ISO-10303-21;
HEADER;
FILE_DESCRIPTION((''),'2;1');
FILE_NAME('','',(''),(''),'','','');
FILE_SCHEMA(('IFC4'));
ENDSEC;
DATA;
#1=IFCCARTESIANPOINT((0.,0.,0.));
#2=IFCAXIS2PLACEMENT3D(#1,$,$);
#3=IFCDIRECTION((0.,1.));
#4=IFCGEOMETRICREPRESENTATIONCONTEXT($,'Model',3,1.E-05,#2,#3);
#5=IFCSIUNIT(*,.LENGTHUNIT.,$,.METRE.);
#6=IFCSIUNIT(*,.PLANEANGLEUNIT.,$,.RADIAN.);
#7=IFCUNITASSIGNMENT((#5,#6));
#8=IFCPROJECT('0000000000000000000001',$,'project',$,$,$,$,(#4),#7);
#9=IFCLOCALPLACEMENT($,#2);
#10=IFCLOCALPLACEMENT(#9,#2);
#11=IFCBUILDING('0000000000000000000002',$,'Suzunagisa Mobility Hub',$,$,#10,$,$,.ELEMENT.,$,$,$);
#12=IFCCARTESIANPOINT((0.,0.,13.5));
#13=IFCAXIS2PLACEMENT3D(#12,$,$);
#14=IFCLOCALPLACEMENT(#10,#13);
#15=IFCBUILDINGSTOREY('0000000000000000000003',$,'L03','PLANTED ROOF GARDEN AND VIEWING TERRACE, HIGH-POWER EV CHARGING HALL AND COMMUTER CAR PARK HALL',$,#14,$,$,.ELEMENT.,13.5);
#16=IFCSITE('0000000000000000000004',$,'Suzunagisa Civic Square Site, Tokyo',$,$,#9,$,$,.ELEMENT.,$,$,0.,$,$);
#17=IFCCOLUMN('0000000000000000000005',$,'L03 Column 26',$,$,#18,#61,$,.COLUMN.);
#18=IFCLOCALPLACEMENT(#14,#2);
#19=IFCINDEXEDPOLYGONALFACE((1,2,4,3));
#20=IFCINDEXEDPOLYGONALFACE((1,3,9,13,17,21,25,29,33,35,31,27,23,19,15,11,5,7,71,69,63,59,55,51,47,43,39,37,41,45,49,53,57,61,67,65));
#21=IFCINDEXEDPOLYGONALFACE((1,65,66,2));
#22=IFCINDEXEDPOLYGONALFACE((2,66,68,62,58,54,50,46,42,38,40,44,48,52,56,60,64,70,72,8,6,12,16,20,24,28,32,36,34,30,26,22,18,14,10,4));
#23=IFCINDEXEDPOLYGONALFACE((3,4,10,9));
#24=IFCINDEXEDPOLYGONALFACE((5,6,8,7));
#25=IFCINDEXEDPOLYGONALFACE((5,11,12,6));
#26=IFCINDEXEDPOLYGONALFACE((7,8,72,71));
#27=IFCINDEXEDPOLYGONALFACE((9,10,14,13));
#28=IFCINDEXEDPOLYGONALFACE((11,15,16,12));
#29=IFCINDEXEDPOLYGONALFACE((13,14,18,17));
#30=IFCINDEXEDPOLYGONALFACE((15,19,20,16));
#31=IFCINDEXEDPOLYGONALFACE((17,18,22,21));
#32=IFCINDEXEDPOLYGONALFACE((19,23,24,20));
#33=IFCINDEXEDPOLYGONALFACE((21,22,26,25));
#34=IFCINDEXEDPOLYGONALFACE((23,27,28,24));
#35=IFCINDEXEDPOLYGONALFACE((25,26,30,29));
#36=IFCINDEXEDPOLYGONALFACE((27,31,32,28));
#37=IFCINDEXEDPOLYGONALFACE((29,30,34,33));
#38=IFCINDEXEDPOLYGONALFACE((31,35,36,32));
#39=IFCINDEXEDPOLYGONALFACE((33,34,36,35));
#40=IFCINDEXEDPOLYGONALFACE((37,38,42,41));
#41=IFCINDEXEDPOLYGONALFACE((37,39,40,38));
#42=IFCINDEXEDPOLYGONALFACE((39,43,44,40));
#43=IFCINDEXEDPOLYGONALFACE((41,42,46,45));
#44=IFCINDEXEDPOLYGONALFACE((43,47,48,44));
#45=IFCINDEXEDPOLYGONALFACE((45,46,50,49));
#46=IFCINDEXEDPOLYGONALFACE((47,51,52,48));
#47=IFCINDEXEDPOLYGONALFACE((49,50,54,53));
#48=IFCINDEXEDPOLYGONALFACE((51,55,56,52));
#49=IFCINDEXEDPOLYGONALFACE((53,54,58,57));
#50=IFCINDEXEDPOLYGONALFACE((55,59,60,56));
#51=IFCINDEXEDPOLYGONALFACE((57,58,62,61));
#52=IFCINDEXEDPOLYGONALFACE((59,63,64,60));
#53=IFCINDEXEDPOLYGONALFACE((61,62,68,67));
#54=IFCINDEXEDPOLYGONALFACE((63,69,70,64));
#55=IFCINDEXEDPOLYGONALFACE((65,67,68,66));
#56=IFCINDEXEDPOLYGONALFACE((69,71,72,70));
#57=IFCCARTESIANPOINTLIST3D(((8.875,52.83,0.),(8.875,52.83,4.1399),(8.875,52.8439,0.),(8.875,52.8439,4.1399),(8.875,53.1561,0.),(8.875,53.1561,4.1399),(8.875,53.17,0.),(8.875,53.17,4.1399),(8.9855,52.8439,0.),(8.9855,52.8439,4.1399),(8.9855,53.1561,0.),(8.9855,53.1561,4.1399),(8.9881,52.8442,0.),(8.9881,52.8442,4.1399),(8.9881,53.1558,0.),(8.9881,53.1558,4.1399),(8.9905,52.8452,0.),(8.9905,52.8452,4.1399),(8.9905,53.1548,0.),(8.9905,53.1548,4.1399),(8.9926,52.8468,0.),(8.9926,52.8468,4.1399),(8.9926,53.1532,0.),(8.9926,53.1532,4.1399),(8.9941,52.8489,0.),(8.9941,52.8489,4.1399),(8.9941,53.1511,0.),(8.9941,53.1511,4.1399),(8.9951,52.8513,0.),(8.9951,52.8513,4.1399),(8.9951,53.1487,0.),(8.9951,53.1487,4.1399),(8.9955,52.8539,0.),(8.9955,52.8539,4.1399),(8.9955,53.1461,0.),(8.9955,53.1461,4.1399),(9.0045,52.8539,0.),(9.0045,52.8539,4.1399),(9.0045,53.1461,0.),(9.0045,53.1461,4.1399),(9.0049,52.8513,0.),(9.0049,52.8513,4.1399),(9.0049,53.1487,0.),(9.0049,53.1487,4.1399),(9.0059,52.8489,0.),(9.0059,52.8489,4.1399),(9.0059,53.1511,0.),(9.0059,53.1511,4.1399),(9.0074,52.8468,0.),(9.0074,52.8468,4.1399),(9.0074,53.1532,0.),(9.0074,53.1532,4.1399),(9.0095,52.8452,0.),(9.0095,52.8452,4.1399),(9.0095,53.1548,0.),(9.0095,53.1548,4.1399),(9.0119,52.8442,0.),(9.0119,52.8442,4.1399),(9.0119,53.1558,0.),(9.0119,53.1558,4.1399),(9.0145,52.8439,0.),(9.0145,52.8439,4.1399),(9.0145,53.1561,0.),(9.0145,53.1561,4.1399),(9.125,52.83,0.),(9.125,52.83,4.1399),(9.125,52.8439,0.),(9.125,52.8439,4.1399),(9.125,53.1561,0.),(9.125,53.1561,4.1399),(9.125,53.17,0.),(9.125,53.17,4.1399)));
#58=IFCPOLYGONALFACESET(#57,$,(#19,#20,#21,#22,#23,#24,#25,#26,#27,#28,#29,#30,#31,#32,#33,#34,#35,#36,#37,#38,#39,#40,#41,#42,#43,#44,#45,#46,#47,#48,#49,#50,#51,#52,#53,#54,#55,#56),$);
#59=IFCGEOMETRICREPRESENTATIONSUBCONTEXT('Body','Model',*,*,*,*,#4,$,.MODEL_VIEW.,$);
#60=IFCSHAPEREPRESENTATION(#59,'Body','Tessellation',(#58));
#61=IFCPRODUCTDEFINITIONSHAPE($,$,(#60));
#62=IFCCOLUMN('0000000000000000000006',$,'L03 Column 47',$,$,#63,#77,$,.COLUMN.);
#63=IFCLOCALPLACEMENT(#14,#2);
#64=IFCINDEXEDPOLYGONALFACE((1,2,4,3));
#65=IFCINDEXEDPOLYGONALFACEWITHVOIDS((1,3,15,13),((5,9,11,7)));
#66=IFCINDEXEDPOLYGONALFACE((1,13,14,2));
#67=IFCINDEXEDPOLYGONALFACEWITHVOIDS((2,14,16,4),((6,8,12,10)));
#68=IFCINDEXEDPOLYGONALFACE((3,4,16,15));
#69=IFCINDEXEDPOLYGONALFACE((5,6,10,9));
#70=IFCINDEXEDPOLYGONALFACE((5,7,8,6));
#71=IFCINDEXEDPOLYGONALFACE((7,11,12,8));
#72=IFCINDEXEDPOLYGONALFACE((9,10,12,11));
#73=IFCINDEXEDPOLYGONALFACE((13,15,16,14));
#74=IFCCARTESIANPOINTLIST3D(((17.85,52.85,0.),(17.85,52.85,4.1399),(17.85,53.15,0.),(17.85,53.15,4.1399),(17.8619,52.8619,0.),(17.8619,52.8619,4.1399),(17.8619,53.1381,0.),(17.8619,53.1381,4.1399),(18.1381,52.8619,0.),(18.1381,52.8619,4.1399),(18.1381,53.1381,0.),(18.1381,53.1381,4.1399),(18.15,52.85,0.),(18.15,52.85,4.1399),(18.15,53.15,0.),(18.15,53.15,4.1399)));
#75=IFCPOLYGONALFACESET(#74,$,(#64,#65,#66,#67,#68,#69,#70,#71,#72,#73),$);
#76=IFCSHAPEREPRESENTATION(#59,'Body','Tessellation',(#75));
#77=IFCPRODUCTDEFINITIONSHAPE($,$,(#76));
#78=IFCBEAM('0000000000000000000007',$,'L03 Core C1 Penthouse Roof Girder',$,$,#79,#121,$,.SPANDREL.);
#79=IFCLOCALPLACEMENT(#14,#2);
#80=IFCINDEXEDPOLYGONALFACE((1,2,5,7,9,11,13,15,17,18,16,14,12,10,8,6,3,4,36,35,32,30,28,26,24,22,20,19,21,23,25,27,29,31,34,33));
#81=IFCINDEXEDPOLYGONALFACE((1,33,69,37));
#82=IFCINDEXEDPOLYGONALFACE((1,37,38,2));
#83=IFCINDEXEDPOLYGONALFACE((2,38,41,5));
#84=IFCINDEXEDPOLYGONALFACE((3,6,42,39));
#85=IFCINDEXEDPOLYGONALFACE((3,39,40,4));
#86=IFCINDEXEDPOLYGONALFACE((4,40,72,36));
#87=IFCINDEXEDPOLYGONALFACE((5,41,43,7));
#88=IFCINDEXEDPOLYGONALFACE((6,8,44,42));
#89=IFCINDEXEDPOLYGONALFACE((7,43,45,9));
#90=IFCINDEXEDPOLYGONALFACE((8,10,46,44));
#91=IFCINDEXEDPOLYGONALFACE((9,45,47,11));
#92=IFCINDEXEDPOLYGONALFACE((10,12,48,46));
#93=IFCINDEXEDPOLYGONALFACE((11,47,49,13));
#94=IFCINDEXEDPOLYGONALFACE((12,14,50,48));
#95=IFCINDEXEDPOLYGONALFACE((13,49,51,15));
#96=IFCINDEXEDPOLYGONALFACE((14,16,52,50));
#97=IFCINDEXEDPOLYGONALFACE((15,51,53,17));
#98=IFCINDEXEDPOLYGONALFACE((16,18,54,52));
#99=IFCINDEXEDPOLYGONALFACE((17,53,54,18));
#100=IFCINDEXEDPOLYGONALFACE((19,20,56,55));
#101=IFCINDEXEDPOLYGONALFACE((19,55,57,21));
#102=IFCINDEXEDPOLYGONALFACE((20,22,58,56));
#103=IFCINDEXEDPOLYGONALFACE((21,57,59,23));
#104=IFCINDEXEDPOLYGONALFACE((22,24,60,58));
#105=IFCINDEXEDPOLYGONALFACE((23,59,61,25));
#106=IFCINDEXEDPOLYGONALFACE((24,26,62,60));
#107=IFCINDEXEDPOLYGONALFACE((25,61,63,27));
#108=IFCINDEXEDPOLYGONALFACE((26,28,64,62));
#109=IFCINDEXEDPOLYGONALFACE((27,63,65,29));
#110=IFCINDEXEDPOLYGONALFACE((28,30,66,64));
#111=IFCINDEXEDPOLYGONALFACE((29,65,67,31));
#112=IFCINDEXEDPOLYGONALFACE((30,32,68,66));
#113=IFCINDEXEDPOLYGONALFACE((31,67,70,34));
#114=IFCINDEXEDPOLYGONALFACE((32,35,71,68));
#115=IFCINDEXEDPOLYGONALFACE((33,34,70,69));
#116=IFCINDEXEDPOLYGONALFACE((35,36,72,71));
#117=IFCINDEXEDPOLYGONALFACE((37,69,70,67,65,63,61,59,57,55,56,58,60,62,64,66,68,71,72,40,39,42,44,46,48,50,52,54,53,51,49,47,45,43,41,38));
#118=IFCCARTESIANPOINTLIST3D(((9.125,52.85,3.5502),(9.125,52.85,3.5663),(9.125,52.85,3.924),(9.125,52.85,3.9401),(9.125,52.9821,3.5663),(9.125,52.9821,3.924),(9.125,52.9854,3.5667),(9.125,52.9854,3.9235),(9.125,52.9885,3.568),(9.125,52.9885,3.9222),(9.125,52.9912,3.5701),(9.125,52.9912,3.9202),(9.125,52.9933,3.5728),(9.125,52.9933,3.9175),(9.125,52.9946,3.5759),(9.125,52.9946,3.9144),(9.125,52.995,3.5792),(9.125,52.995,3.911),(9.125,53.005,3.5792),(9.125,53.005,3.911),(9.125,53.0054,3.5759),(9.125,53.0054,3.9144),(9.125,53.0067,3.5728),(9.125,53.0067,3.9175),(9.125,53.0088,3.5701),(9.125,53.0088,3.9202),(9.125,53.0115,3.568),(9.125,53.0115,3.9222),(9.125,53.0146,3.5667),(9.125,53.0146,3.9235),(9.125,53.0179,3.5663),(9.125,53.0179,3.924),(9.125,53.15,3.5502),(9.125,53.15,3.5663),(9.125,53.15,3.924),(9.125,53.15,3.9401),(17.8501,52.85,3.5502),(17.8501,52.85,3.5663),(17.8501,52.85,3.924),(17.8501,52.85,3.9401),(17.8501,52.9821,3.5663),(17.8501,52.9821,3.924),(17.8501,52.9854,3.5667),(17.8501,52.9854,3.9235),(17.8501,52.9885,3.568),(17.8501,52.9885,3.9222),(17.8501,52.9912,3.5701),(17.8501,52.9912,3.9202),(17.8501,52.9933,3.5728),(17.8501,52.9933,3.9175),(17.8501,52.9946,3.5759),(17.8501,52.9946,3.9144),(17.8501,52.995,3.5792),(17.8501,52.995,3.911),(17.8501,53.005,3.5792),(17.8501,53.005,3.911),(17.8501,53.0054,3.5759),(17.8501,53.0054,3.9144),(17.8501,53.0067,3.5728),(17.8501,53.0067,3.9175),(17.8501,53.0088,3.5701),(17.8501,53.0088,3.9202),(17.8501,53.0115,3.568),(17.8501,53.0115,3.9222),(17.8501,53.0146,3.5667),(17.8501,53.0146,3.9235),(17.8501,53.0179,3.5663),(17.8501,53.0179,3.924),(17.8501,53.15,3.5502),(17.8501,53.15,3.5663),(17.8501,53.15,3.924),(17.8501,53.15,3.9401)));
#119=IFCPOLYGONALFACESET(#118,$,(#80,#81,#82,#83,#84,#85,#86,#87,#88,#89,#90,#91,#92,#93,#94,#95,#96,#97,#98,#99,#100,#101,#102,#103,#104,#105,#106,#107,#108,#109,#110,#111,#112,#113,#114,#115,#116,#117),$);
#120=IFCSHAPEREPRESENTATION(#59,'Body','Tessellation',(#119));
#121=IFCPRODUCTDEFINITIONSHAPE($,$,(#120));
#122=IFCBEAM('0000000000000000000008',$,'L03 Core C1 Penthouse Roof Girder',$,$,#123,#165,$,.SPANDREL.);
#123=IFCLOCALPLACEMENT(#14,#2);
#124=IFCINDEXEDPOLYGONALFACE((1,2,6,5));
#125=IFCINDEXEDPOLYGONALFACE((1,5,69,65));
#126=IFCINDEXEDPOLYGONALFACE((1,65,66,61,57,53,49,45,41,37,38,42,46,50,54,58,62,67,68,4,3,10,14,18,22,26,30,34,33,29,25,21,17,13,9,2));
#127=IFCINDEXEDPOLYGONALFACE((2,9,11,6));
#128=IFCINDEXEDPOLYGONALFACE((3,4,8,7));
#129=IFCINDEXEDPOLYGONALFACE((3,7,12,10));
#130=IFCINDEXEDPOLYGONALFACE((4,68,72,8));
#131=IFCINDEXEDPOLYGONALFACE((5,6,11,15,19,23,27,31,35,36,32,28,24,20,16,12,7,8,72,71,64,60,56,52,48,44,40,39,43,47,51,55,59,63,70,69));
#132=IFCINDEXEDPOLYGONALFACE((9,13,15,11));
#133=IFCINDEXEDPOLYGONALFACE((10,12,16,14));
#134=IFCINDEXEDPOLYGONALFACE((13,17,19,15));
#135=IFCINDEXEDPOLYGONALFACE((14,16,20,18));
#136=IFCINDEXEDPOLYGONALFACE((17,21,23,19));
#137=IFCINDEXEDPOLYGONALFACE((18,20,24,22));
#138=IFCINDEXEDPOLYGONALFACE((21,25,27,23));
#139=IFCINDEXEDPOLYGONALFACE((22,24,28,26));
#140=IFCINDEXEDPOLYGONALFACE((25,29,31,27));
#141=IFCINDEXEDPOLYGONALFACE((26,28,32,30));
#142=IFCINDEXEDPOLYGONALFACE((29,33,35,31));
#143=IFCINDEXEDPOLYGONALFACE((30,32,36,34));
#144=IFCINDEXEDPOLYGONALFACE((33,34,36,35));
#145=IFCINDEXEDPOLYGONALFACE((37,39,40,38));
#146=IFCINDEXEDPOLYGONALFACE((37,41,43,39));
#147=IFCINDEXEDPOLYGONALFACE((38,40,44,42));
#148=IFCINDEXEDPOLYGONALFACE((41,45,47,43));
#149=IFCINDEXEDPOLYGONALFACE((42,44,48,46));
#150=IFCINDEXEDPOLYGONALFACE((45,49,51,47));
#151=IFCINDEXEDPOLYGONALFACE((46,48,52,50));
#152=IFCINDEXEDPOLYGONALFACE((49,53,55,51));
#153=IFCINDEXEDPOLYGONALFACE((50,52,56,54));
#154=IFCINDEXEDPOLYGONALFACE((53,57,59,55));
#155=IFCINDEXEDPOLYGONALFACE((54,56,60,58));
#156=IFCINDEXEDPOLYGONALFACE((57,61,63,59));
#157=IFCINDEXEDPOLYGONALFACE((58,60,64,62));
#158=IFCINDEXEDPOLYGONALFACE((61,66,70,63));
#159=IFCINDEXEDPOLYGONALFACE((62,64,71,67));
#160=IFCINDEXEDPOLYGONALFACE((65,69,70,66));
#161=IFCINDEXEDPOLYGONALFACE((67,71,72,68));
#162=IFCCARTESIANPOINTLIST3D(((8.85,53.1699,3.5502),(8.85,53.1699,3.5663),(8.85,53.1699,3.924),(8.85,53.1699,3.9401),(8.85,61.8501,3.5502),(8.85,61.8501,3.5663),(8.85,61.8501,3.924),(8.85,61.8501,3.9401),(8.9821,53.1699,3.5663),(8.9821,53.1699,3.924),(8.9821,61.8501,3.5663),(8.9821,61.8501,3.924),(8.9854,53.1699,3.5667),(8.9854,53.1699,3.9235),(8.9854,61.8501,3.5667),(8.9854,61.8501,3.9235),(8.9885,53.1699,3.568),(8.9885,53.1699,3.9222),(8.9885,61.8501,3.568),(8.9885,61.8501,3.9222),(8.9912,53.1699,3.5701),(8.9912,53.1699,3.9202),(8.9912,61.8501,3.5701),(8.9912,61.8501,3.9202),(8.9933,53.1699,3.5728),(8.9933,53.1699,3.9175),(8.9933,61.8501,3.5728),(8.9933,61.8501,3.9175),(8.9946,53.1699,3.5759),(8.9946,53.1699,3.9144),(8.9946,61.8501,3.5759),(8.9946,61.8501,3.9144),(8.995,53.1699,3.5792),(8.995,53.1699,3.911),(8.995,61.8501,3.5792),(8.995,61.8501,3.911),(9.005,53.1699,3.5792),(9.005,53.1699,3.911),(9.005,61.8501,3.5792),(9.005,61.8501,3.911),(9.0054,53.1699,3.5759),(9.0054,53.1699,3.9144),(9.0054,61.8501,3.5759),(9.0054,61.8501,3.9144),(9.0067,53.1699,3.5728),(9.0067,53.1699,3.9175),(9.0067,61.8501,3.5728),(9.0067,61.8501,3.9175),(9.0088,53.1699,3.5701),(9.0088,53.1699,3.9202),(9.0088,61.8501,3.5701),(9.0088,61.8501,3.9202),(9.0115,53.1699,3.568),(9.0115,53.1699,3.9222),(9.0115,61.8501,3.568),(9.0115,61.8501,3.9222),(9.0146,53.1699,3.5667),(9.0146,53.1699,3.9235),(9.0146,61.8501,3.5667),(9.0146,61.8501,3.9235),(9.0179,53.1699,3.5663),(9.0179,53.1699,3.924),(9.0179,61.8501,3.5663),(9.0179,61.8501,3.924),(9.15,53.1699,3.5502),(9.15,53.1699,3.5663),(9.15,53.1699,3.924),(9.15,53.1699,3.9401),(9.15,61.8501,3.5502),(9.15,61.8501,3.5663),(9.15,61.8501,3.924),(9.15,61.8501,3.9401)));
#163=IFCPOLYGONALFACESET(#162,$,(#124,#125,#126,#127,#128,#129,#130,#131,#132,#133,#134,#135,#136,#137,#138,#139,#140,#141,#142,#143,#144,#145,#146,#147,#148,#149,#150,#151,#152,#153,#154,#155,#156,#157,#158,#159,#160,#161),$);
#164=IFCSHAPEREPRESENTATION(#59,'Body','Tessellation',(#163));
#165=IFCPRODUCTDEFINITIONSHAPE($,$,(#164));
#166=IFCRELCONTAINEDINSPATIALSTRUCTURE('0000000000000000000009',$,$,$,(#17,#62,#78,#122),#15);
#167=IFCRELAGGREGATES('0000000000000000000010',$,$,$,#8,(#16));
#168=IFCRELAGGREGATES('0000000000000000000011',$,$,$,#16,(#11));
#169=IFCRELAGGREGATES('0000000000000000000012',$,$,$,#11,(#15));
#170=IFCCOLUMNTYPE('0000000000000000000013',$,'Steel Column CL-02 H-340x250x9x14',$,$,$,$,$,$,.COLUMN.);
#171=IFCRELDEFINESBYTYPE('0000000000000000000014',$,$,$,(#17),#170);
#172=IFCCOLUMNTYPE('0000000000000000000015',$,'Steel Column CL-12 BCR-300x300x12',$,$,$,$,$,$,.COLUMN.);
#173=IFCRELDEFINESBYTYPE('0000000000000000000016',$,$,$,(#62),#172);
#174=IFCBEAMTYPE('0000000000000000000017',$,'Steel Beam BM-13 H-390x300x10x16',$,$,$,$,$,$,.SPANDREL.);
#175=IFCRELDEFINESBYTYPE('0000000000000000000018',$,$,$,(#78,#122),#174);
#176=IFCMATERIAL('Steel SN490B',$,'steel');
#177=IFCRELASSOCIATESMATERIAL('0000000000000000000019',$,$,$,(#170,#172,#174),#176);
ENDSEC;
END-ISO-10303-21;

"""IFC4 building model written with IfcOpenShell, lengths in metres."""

from ifc_helpers import new_model, si_unit, direction, frame, origin, origin_2d, place, context, subcontext, project, spatial, hollow_rectangle, i_section, extrude, material, material_profile, profile_set, type_object, element, save


model = new_model("IFC4")

# Units and contexts
model_context = context("Model", 3, precision=1e-05, world=origin(), true_north=direction((0.0, 1.0)))
body_context = subcontext(model_context, "Body", "Model", "MODEL_VIEW")
ifc_project = project(units=[si_unit("LENGTHUNIT", "METRE"), si_unit("PLANEANGLEUNIT", "RADIAN")], contexts=[model_context])

# Site, building, storey
site_placement = place(None, origin())
site = spatial("IfcSite", under=ifc_project, at=site_placement, Name="Suzunagisa Civic Square Site, Tokyo", CompositionType="ELEMENT", RefElevation=0.0)
building_placement = place(site_placement, origin())
building = spatial("IfcBuilding", under=site, at=building_placement, Name="Suzunagisa Mobility Hub", CompositionType="ELEMENT")
storey_placement = place(building_placement, frame((0.0, 0.0, 13.5)))
storey = spatial("IfcBuildingStorey", under=building, at=storey_placement, Name="L03", Description="PLANTED ROOF GARDEN AND VIEWING TERRACE, HIGH-POWER EV CHARGING HALL AND COMMUTER CAR PARK HALL", CompositionType="ELEMENT", Elevation=13.5)

# Columns
ifc_material_1 = material(Name="Steel SN490B", Category="steel")
ifc_material_profile_1 = material_profile(ifc_material_1, i_section(OverallWidth=0.25, OverallDepth=0.3401, WebThickness=0.009, FlangeThickness=0.0139, FilletRadius=0.01, at=origin_2d()), Name="H-340x250x9x14")
ifc_profile_set_1 = profile_set([ifc_material_profile_1], Name="Steel SN490B")
column_type_1 = type_object("IfcColumnType", Name="Steel Column CL-02 H-340x250x9x14", PredefinedType="COLUMN", material=ifc_profile_set_1)
column_1_placement = place(storey_placement, frame((9.0, 53.0, 0.0), z_axis=(0.0, 0.0, 1.0), x_axis=(1.0, 0.0, 0.0)))
element("IfcColumn", 1, at=column_1_placement, inside=storey, type_object=column_type_1, Name="L03 Column 26", PredefinedType="COLUMN", context=body_context, shape_type="SweptSolid", body=[
    extrude(i_section(OverallWidth=0.25, OverallDepth=0.3401, WebThickness=0.009, FlangeThickness=0.0139, FilletRadius=0.01, at=origin_2d()), origin(), (0.0, 0.0, 1.0), 4.1399),
])
ifc_material_profile_2 = material_profile(ifc_material_1, hollow_rectangle(XDim=0.3, YDim=0.3, WallThickness=0.012, at=origin_2d()), Name="BCR-300x300x12")
ifc_profile_set_2 = profile_set([ifc_material_profile_2], Name="Steel SN490B")
column_type_2 = type_object("IfcColumnType", Name="Steel Column CL-12 BCR-300x300x12", PredefinedType="COLUMN", material=ifc_profile_set_2)
column_2_placement = place(storey_placement, frame((18.0, 53.0, 0.0), z_axis=(0.0, 0.0, 1.0), x_axis=(1.0, 0.0, 0.0)))
element("IfcColumn", 2, at=column_2_placement, inside=storey, type_object=column_type_2, Name="L03 Column 47", PredefinedType="COLUMN", context=body_context, shape_type="SweptSolid", body=[
    extrude(hollow_rectangle(XDim=0.3, YDim=0.3, WallThickness=0.012, at=origin_2d()), origin(), (0.0, 0.0, 1.0), 4.1399),
])

# Beams
ifc_material_profile_3 = material_profile(ifc_material_1, i_section(OverallWidth=0.3, OverallDepth=0.3899, WebThickness=0.01, FlangeThickness=0.0161, FilletRadius=0.0129, at=origin_2d()), Name="H-390x300x10x16")
ifc_profile_set_3 = profile_set([ifc_material_profile_3], Name="Steel SN490B")
beam_type = type_object("IfcBeamType", Name="Steel Beam BM-13 H-390x300x10x16", PredefinedType="SPANDREL", material=ifc_profile_set_3)
beam_placement = place(storey_placement, frame((9.125, 53.0, 3.7451), z_axis=(1.0, 0.0, 0.0), x_axis=(0.0, 1.0, 0.0)))
element("IfcBeam", 3, at=beam_placement, inside=storey, type_object=beam_type, Name="L03 Core C1 Penthouse Roof Girder", PredefinedType="SPANDREL", context=body_context, shape_type="SweptSolid", body=[
    extrude(i_section(OverallWidth=0.3, OverallDepth=0.3899, WebThickness=0.01, FlangeThickness=0.0161, FilletRadius=0.0129, at=origin_2d()), origin(), (0.0, 0.0, 1.0), 8.7251),
])
for number, where, z_axis, x_axis, name in (
    (4, (9.0, 53.1699, 3.7451), (0.0, 1.0, 0.0), (-1.0, 0.0, 0.0), "L03 Core C1 Penthouse Roof Girder"),
):
    element("IfcBeam", number, at=place(storey_placement, frame(where, z_axis=z_axis, x_axis=x_axis)), inside=storey, type_object=beam_type, Name=name, PredefinedType="SPANDREL", context=body_context, shape_type="SweptSolid", body=[
        extrude(i_section(OverallWidth=0.3, OverallDepth=0.3899, WebThickness=0.01, FlangeThickness=0.0161, FilletRadius=0.0129, at=origin_2d()), origin(), (0.0, 0.0, 1.0), 8.6802),
    ])

save(model, "model.ifc")
